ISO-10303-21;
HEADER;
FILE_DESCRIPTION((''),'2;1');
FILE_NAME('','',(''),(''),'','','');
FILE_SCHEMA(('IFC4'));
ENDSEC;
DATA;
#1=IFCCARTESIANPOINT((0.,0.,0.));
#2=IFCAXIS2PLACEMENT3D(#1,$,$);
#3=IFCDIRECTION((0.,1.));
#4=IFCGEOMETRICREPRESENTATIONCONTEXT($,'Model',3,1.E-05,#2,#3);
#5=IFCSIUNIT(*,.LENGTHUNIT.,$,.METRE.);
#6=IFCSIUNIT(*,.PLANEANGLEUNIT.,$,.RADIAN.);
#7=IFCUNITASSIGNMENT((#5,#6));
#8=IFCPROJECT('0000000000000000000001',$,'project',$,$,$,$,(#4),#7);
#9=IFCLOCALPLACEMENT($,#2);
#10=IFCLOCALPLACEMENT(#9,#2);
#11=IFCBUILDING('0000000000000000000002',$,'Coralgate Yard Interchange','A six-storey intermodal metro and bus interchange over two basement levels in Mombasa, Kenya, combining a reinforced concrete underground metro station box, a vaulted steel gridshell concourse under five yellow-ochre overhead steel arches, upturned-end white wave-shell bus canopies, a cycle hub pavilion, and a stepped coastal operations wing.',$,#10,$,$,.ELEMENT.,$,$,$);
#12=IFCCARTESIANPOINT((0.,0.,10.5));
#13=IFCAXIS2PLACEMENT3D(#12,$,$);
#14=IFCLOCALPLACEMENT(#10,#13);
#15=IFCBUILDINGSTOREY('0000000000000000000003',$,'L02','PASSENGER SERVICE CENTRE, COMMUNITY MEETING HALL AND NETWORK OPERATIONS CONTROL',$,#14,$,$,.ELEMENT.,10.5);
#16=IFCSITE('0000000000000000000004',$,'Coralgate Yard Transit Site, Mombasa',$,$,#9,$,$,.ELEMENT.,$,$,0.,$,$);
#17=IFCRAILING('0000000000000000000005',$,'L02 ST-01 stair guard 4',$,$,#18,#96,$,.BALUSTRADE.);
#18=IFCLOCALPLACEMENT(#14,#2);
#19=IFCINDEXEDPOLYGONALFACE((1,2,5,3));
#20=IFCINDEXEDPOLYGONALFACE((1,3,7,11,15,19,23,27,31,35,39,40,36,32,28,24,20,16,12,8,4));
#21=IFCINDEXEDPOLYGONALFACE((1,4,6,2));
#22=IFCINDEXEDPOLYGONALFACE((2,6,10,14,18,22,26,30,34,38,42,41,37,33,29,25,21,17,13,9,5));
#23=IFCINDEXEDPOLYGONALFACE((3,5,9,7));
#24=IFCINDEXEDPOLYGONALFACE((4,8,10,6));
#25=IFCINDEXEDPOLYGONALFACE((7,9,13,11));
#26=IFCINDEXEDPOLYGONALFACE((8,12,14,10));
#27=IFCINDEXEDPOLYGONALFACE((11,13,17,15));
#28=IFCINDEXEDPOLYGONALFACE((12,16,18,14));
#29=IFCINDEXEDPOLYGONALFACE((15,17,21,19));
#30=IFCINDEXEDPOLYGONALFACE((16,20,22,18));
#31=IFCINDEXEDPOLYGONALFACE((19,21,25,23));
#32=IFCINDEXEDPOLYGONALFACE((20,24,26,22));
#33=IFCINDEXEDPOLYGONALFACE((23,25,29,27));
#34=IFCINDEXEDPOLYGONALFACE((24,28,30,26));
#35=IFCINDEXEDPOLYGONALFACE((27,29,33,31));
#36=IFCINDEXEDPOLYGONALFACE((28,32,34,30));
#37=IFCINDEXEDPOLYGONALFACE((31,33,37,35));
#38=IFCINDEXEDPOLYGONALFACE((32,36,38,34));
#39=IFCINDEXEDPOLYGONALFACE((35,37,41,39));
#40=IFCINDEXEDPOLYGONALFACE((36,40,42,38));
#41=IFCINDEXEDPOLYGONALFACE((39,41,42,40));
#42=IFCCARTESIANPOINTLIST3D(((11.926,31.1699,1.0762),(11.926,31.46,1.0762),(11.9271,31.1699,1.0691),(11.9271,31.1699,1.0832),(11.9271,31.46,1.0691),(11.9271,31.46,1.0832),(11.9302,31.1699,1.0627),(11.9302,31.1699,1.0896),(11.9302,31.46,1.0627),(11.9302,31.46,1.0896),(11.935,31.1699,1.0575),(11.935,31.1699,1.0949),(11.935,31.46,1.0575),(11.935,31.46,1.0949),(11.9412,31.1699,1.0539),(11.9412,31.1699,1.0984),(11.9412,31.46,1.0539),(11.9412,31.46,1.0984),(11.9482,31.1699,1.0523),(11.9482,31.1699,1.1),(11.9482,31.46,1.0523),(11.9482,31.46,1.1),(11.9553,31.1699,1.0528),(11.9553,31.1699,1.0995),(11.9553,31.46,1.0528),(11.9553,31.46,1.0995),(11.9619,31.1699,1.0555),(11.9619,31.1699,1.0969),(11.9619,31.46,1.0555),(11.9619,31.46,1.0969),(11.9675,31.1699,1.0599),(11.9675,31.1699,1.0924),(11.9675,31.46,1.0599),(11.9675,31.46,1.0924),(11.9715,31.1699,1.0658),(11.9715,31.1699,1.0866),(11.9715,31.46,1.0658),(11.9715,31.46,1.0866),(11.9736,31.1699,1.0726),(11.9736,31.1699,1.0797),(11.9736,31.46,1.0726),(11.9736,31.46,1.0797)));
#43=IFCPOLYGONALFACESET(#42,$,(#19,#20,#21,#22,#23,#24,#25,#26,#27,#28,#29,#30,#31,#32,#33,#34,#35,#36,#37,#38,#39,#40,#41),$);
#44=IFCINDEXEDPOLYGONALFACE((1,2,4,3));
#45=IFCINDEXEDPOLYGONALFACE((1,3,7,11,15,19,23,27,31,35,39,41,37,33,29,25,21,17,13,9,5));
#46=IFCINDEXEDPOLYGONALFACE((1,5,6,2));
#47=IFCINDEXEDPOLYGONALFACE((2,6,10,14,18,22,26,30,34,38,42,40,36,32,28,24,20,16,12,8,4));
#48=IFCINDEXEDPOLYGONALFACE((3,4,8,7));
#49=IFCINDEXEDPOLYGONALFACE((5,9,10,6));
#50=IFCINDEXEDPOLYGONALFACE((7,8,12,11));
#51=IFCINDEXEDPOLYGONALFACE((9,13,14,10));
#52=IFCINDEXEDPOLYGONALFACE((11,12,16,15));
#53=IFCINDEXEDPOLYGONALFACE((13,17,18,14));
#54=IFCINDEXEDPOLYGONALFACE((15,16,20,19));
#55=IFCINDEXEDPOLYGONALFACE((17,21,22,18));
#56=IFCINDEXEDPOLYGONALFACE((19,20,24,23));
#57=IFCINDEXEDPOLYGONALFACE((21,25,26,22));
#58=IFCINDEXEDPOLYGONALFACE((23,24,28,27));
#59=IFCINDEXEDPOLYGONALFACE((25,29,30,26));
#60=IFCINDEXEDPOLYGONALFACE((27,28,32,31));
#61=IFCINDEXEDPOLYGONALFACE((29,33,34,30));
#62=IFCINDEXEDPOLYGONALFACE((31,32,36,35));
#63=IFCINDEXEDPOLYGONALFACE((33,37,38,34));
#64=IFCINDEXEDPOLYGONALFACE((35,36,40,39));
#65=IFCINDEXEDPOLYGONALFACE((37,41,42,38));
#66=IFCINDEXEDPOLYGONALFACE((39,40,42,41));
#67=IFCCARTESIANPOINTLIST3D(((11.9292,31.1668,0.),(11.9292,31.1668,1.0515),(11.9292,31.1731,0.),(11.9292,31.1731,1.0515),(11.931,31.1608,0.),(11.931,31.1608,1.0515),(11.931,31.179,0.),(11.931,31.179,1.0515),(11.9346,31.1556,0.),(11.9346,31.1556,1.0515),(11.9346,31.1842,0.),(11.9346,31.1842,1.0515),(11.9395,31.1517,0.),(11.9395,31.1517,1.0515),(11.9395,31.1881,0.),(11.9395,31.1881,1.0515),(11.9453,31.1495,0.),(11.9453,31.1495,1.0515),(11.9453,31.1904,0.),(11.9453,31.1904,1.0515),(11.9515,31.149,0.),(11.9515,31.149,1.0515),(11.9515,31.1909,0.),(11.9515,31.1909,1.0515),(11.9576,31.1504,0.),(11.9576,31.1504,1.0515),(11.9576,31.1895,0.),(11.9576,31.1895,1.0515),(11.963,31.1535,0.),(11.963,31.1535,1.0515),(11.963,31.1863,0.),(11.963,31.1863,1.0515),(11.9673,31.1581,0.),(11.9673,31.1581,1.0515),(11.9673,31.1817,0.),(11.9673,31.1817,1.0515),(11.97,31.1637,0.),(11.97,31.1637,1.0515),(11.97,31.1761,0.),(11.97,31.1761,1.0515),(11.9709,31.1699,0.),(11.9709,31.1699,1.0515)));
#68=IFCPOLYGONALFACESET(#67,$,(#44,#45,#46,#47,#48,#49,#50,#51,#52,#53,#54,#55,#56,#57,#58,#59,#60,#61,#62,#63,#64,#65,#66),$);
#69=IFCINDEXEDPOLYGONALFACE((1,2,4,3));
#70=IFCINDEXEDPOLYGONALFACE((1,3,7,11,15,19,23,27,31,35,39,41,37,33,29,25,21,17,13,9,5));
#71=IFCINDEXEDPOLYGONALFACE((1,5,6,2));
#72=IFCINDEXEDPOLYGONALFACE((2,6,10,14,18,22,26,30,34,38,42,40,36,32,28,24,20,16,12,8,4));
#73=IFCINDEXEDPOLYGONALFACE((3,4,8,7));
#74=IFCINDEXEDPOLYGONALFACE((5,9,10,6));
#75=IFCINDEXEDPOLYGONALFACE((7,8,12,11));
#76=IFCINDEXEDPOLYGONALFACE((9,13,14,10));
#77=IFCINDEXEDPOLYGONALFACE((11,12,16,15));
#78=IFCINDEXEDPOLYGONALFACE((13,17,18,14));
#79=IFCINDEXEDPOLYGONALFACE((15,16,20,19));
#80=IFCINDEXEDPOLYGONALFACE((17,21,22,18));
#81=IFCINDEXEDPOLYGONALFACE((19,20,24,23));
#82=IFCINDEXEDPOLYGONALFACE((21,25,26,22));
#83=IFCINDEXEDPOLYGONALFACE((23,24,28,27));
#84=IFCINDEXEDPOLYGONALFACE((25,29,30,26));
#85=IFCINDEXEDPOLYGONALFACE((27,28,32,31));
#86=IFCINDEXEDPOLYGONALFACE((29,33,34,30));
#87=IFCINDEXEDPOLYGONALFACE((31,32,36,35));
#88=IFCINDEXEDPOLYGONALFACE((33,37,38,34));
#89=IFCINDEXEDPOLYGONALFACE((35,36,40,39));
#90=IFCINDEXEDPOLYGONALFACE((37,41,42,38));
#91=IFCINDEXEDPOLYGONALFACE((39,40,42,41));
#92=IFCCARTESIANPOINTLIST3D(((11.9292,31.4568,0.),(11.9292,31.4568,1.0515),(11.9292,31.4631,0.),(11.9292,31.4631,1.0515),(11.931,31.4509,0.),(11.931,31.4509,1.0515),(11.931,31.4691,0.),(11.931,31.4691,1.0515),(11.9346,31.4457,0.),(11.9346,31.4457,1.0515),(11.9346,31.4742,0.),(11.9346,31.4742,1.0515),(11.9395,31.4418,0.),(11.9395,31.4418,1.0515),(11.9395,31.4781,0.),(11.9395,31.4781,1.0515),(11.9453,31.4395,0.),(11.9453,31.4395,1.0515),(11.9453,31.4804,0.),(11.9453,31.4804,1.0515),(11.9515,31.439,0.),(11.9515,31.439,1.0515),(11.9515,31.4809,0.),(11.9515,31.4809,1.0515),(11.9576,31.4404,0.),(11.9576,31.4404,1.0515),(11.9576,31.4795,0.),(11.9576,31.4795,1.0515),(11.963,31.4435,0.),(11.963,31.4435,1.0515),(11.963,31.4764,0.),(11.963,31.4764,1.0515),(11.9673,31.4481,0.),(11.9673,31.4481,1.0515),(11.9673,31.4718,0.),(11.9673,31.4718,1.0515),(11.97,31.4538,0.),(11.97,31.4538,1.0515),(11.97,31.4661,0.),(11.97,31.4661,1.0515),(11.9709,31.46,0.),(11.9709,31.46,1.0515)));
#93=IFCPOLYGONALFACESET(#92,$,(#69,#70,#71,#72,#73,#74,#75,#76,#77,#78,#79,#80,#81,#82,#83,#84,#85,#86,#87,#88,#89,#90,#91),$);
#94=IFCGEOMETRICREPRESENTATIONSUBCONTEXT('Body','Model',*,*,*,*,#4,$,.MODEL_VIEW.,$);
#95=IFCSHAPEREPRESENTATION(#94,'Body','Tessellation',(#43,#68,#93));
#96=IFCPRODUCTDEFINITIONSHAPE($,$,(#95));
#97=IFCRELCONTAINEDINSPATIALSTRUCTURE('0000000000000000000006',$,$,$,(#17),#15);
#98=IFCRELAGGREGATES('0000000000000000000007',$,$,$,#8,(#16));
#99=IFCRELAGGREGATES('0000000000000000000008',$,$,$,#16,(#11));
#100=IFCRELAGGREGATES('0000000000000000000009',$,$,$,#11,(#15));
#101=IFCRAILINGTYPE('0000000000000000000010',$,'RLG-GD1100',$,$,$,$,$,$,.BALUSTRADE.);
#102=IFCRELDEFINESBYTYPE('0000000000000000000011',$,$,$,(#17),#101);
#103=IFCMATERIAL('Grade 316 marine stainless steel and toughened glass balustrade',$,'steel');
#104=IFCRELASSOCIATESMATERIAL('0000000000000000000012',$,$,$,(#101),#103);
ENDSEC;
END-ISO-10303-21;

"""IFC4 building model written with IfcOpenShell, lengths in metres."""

from ifc_helpers import new_model, si_unit, direction, frame, origin, origin_2d, place, context, subcontext, project, spatial, circle, extrude, material, type_object, element, save


model = new_model("IFC4")

# Units and contexts
model_context = context("Model", 3, precision=1e-05, world=origin(), true_north=direction((0.0, 1.0)))
body_context = subcontext(model_context, "Body", "Model", "MODEL_VIEW")
ifc_project = project(units=[si_unit("LENGTHUNIT", "METRE"), si_unit("PLANEANGLEUNIT", "RADIAN")], contexts=[model_context])

# Site, building, storey
site_placement = place(None, origin())
site = spatial("IfcSite", under=ifc_project, at=site_placement, Name="Coralgate Yard Transit Site, Mombasa", CompositionType="ELEMENT", RefElevation=0.0)
building_placement = place(site_placement, origin())
building = spatial("IfcBuilding", under=site, at=building_placement, Name="Coralgate Yard Interchange", Description="A six-storey intermodal metro and bus interchange over two basement levels in Mombasa, Kenya, combining a reinforced concrete underground metro station box, a vaulted steel gridshell concourse under five yellow-ochre overhead steel arches, upturned-end white wave-shell bus canopies, a cycle hub pavilion, and a stepped coastal operations wing.", CompositionType="ELEMENT")
storey_placement = place(building_placement, frame((0.0, 0.0, 10.5)))
storey = spatial("IfcBuildingStorey", under=building, at=storey_placement, Name="L02", Description="PASSENGER SERVICE CENTRE, COMMUNITY MEETING HALL AND NETWORK OPERATIONS CONTROL", CompositionType="ELEMENT", Elevation=10.5)

# Railing
ifc_material_1 = material(Name="Grade 316 marine stainless steel and toughened glass balustrade", Category="steel")
railing_type_1 = type_object("IfcRailingType", Name="RLG-GD1100", PredefinedType="BALUSTRADE", material=ifc_material_1)
railing_1_placement = place(storey_placement, frame((11.95, 31.1699, 0.0)))
element("IfcRailing", 1, at=railing_1_placement, inside=storey, type_object=railing_type_1, Name="L02 ST-01 stair guard 4", PredefinedType="BALUSTRADE", context=body_context, shape_type="SweptSolid", body=[
    extrude(circle(Radius=0.0239, at=origin_2d()), frame((0.0, 0.0, 1.0762), z_axis=(0.0, 1.0, 0.0), x_axis=(-1.0, 0.0, 0.0)), (0.0, 0.0, 1.0), 0.29),
    extrude(circle(Radius=0.021, at=origin_2d()), origin(), (0.0, 0.0, 1.0), 1.0515),
    extrude(circle(Radius=0.021, at=origin_2d()), frame((0.0, 0.29, 0.0)), (0.0, 0.0, 1.0), 1.0515),
])

save(model, "model.ifc")
